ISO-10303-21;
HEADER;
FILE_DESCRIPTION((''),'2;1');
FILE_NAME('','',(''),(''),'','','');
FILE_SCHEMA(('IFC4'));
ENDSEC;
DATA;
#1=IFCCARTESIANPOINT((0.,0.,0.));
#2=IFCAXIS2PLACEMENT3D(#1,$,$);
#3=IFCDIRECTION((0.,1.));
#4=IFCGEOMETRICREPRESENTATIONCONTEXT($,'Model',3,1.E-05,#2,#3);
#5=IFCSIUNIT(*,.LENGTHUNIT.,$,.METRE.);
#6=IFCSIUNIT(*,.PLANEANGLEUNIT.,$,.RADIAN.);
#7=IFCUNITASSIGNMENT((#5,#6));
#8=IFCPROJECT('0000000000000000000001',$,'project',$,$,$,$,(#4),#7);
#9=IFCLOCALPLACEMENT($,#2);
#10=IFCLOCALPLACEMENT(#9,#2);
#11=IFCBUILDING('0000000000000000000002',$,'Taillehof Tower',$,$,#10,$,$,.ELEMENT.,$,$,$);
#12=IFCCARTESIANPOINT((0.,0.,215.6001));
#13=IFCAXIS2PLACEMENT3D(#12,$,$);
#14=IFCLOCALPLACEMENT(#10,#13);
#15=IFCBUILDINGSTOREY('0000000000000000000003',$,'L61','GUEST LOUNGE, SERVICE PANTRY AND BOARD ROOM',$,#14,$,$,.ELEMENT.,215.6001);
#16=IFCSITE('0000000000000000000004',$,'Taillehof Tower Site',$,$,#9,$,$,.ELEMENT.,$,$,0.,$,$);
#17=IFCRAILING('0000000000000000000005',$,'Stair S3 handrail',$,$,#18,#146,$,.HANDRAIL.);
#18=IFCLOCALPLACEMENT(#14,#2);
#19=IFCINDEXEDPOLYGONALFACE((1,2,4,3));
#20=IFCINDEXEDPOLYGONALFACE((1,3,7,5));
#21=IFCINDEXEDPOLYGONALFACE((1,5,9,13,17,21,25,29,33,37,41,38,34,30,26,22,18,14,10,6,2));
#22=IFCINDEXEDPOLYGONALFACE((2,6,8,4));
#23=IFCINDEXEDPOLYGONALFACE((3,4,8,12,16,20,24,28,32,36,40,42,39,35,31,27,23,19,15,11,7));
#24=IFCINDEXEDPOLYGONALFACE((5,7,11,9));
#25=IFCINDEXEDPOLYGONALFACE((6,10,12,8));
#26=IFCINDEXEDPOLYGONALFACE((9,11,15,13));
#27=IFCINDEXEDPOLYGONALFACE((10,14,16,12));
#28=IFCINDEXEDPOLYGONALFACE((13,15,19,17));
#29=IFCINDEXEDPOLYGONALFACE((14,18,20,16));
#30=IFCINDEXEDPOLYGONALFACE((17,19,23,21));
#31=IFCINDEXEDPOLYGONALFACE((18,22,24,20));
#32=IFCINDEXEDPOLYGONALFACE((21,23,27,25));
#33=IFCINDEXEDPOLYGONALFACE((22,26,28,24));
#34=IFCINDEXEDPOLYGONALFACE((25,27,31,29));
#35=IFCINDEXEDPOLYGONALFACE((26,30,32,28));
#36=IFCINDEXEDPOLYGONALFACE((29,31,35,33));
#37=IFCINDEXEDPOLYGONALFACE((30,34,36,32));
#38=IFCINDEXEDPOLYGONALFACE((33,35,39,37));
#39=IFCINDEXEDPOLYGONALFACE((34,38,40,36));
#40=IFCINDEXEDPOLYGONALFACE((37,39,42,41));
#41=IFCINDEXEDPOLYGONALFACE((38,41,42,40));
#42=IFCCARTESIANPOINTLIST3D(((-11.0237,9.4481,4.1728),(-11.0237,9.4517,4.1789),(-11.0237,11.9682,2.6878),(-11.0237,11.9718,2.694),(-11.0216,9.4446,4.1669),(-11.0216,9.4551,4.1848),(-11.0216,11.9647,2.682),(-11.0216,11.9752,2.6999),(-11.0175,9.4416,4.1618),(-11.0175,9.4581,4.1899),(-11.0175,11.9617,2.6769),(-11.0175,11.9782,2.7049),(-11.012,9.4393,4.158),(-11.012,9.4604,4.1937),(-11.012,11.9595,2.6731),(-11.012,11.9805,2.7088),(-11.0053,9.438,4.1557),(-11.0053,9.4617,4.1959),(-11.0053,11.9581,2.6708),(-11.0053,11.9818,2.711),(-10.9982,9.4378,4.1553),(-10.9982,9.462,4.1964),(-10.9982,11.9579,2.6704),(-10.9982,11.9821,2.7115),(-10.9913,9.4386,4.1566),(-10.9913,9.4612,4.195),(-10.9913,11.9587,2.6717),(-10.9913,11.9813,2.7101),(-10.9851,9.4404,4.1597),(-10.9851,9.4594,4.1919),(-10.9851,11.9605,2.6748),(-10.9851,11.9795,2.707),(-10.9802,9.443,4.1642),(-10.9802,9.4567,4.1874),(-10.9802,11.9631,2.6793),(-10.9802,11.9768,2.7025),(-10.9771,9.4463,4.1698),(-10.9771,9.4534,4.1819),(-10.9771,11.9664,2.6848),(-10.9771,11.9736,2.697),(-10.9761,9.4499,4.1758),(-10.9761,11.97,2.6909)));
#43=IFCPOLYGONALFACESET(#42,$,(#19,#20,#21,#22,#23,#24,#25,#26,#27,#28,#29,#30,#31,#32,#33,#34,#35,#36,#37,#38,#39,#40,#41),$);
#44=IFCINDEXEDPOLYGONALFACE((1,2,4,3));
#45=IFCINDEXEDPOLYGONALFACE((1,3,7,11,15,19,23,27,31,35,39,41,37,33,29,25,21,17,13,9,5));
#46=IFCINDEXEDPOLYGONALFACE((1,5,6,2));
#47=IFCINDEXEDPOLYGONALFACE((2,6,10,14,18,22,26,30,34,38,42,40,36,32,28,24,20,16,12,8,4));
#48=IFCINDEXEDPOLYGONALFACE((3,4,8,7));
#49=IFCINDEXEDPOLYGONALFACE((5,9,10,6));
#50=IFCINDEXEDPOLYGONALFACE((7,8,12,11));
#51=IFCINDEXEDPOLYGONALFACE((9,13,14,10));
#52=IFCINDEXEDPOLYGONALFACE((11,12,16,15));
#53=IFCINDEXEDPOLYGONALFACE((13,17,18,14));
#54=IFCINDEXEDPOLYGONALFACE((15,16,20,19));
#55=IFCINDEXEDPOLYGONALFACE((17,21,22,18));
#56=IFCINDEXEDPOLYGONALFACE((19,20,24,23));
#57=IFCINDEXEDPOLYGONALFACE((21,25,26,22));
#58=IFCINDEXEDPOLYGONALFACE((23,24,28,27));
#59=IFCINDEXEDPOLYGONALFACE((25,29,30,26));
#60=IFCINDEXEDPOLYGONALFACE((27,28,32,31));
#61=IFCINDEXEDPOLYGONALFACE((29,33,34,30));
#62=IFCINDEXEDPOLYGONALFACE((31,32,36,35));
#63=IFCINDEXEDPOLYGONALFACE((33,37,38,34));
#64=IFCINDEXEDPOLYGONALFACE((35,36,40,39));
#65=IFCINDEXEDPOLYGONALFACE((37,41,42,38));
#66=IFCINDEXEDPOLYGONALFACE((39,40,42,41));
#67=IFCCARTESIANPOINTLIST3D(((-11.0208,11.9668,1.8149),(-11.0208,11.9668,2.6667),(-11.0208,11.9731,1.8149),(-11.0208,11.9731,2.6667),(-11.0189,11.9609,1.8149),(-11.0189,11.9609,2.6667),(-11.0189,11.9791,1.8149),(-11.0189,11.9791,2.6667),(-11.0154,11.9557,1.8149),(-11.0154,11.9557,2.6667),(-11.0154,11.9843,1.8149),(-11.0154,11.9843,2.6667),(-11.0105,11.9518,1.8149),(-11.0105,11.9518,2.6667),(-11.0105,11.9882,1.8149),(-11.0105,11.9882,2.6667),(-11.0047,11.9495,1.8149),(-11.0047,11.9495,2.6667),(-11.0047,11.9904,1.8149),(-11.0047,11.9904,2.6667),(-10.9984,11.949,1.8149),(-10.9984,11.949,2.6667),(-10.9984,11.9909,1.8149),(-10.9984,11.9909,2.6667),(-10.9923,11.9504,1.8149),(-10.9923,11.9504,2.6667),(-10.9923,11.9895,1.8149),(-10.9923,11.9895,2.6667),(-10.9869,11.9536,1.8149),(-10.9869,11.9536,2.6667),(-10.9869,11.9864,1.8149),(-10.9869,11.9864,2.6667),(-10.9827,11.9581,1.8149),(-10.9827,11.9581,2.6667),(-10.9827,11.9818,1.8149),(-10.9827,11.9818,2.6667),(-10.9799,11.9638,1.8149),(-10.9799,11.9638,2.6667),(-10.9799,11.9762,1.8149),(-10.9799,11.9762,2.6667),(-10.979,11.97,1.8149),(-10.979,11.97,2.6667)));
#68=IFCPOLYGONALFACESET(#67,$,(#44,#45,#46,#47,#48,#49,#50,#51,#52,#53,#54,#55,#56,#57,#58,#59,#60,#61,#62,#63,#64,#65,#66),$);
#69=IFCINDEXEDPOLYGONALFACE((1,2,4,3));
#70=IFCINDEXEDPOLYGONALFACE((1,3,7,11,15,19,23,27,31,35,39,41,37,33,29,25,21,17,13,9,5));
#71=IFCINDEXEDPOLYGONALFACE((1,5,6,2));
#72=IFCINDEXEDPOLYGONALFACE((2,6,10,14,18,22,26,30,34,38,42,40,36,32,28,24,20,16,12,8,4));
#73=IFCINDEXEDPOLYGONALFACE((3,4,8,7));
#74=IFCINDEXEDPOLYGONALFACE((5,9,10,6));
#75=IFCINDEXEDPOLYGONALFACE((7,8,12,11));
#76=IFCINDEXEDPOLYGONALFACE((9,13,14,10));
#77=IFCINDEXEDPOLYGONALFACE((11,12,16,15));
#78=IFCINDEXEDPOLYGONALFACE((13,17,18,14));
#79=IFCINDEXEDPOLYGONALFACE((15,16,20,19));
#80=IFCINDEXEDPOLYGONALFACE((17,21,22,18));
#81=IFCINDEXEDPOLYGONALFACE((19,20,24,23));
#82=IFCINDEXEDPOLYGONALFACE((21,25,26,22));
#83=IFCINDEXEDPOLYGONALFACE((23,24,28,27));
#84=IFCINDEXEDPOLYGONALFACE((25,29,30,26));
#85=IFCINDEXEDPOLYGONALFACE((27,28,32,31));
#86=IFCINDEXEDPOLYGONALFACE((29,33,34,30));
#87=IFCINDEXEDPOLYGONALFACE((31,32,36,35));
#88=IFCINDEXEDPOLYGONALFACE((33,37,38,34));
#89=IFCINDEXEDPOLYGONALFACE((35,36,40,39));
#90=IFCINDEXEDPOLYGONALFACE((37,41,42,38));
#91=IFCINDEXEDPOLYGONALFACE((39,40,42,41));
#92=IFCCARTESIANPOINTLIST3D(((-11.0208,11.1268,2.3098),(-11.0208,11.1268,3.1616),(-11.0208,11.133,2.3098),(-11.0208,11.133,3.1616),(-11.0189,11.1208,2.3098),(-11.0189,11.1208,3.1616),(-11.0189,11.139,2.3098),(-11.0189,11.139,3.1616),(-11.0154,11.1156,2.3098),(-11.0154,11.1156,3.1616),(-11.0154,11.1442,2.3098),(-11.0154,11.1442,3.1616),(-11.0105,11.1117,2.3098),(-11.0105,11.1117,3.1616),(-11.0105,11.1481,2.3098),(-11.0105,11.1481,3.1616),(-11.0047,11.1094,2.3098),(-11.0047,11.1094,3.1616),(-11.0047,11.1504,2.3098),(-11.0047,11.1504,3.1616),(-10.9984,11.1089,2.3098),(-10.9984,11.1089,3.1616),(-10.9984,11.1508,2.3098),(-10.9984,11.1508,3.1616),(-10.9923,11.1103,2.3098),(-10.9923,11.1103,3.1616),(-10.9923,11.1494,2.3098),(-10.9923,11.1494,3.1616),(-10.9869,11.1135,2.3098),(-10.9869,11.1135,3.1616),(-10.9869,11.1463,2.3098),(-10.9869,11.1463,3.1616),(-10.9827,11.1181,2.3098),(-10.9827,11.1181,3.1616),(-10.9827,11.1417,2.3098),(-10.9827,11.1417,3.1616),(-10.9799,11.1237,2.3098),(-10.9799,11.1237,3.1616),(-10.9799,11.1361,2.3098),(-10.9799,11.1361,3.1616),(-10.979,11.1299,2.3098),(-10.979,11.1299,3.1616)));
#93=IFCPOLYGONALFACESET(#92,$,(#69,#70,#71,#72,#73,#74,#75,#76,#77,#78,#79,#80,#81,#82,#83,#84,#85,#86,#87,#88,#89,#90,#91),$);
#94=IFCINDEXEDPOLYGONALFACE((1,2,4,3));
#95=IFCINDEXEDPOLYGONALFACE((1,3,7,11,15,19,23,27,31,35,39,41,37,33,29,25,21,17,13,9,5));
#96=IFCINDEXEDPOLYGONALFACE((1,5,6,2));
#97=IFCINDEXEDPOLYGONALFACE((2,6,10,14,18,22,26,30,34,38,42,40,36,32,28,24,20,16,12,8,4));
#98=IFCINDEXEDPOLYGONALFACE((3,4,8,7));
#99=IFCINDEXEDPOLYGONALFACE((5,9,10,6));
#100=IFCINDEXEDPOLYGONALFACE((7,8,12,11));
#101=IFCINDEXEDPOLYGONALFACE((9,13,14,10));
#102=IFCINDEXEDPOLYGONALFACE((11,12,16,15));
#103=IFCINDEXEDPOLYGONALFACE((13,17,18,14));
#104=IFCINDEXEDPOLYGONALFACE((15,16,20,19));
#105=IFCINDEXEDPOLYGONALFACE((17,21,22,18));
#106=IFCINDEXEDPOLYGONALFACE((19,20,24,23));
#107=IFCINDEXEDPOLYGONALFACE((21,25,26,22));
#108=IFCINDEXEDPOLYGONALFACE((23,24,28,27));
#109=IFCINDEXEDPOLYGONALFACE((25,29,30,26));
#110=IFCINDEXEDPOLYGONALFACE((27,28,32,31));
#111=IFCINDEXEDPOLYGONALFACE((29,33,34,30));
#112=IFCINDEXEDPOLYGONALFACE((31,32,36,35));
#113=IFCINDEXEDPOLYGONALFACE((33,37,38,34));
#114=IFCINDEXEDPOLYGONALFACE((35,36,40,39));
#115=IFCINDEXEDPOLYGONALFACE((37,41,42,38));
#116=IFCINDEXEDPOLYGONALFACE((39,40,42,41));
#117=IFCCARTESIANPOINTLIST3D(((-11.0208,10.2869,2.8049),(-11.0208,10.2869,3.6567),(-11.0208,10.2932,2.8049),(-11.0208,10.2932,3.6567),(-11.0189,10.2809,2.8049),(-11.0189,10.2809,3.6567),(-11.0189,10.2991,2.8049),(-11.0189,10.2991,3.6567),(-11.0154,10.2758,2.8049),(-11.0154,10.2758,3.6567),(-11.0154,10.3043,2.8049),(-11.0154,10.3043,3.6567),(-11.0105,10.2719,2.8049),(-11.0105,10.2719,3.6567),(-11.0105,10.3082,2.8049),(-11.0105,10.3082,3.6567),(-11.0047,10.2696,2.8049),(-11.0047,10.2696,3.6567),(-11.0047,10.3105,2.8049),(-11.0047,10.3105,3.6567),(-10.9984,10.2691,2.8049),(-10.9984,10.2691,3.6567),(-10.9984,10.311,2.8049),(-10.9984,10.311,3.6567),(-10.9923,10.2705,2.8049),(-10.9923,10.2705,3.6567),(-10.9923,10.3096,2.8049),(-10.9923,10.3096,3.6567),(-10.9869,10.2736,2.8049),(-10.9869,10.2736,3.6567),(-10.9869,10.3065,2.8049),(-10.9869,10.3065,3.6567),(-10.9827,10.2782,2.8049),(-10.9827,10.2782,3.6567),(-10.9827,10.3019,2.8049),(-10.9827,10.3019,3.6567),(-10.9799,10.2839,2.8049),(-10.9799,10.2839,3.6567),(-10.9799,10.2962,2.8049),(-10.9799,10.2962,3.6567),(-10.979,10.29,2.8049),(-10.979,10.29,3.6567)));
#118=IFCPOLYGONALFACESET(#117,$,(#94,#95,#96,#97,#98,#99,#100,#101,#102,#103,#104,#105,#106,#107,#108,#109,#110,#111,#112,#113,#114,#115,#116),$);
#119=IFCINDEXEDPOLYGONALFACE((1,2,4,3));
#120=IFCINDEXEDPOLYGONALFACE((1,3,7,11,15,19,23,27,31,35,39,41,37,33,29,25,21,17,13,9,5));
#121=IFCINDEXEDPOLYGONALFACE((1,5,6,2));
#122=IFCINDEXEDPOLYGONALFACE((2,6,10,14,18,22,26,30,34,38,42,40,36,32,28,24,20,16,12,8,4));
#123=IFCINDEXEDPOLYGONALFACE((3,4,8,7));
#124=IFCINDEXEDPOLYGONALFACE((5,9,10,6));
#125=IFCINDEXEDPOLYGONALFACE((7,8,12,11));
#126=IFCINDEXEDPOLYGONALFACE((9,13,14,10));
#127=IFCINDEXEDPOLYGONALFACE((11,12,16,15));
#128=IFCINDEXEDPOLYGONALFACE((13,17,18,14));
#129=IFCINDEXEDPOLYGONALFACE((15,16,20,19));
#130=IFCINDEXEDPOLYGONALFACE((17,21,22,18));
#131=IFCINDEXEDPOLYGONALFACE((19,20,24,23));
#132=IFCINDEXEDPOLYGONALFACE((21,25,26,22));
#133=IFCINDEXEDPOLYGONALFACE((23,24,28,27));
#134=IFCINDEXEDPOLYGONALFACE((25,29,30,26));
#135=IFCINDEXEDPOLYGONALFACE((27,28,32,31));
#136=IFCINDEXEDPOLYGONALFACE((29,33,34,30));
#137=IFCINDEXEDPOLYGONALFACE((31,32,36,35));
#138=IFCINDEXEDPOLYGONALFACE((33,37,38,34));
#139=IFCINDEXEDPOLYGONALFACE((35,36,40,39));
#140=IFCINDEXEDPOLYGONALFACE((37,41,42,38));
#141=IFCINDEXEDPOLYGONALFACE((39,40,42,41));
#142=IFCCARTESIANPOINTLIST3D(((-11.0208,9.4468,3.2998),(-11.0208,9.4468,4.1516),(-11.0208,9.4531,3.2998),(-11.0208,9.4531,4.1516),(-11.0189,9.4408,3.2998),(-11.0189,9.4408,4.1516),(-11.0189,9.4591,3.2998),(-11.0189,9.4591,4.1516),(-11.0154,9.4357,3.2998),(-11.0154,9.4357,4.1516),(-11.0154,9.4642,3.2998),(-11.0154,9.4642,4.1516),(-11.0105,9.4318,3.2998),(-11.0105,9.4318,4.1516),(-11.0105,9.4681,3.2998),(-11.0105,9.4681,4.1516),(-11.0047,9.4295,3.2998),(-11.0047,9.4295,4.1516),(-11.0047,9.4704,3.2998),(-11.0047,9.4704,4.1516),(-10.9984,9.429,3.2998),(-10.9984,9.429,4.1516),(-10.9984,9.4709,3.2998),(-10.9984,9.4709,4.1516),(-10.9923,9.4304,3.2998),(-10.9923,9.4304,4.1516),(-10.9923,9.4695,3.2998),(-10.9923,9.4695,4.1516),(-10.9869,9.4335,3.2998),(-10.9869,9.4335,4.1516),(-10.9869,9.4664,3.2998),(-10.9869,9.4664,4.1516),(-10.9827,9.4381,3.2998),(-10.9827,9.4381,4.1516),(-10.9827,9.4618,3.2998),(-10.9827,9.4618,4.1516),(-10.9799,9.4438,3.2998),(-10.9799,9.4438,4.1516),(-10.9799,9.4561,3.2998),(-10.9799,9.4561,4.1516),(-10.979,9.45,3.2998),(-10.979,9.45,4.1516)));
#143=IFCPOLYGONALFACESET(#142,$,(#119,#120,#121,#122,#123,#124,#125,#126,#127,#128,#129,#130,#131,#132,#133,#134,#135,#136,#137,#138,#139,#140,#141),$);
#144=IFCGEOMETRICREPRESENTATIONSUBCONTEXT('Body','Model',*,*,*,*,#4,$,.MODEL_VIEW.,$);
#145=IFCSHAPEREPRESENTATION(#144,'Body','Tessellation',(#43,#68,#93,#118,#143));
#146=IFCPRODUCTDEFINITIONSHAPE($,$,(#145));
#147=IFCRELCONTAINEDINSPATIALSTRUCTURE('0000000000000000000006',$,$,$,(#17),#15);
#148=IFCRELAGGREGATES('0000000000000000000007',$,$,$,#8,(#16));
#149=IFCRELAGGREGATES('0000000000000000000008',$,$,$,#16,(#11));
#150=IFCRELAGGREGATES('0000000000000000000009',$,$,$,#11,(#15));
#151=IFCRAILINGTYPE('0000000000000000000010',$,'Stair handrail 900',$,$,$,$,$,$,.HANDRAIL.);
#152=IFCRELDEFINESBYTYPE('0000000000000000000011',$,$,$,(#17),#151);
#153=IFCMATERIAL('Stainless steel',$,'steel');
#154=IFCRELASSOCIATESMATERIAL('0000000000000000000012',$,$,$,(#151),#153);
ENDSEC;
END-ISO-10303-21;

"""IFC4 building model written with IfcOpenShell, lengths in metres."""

from ifc_helpers import new_model, si_unit, direction, frame, origin, origin_2d, place, context, subcontext, project, spatial, circle, extrude, material, type_object, element, save


model = new_model("IFC4")

# Units and contexts
model_context = context("Model", 3, precision=1e-05, world=origin(), true_north=direction((0.0, 1.0)))
body_context = subcontext(model_context, "Body", "Model", "MODEL_VIEW")
ifc_project = project(units=[si_unit("LENGTHUNIT", "METRE"), si_unit("PLANEANGLEUNIT", "RADIAN")], contexts=[model_context])

# Site, building, storey
site_placement = place(None, origin())
site = spatial("IfcSite", under=ifc_project, at=site_placement, Name="Taillehof Tower Site", CompositionType="ELEMENT", RefElevation=0.0)
building_placement = place(site_placement, origin())
building = spatial("IfcBuilding", under=site, at=building_placement, Name="Taillehof Tower", CompositionType="ELEMENT")
storey_placement = place(building_placement, frame((0.0, 0.0, 215.6001)))
storey = spatial("IfcBuildingStorey", under=building, at=storey_placement, Name="L61", Description="GUEST LOUNGE, SERVICE PANTRY AND BOARD ROOM", CompositionType="ELEMENT", Elevation=215.6001)

# Railing
ifc_material_1 = material(Name="Stainless steel", Category="steel")
railing_type = type_object("IfcRailingType", Name="Stair handrail 900", PredefinedType="HANDRAIL", material=ifc_material_1)
railing_placement = place(storey_placement, frame((-11.0, 11.97, 1.8149)))
element("IfcRailing", 1, at=railing_placement, inside=storey, type_object=railing_type, Name="Stair S3 handrail", PredefinedType="HANDRAIL", context=body_context, shape_type="SweptSolid", body=[
    extrude(circle(Radius=0.0239, at=origin_2d()), frame((0.0, 0.0, 0.876), z_axis=(0.0, -0.861561, 0.507655), x_axis=(1.0, 0.0, 0.0)), (0.0, 0.0, 1.0), 2.925),
    extrude(circle(Radius=0.021, at=origin_2d()), origin(), (0.0, 0.0, 1.0), 0.8518),
    extrude(circle(Radius=0.021, at=origin_2d()), frame((0.0, -0.8401, 0.4949)), (0.0, 0.0, 1.0), 0.8518),
    extrude(circle(Radius=0.021, at=origin_2d()), frame((0.0, -1.6799, 0.99)), (0.0, 0.0, 1.0), 0.8518),
    extrude(circle(Radius=0.021, at=origin_2d()), frame((0.0, -2.52, 1.4849)), (0.0, 0.0, 1.0), 0.8518),
])

save(model, "model.ifc")
